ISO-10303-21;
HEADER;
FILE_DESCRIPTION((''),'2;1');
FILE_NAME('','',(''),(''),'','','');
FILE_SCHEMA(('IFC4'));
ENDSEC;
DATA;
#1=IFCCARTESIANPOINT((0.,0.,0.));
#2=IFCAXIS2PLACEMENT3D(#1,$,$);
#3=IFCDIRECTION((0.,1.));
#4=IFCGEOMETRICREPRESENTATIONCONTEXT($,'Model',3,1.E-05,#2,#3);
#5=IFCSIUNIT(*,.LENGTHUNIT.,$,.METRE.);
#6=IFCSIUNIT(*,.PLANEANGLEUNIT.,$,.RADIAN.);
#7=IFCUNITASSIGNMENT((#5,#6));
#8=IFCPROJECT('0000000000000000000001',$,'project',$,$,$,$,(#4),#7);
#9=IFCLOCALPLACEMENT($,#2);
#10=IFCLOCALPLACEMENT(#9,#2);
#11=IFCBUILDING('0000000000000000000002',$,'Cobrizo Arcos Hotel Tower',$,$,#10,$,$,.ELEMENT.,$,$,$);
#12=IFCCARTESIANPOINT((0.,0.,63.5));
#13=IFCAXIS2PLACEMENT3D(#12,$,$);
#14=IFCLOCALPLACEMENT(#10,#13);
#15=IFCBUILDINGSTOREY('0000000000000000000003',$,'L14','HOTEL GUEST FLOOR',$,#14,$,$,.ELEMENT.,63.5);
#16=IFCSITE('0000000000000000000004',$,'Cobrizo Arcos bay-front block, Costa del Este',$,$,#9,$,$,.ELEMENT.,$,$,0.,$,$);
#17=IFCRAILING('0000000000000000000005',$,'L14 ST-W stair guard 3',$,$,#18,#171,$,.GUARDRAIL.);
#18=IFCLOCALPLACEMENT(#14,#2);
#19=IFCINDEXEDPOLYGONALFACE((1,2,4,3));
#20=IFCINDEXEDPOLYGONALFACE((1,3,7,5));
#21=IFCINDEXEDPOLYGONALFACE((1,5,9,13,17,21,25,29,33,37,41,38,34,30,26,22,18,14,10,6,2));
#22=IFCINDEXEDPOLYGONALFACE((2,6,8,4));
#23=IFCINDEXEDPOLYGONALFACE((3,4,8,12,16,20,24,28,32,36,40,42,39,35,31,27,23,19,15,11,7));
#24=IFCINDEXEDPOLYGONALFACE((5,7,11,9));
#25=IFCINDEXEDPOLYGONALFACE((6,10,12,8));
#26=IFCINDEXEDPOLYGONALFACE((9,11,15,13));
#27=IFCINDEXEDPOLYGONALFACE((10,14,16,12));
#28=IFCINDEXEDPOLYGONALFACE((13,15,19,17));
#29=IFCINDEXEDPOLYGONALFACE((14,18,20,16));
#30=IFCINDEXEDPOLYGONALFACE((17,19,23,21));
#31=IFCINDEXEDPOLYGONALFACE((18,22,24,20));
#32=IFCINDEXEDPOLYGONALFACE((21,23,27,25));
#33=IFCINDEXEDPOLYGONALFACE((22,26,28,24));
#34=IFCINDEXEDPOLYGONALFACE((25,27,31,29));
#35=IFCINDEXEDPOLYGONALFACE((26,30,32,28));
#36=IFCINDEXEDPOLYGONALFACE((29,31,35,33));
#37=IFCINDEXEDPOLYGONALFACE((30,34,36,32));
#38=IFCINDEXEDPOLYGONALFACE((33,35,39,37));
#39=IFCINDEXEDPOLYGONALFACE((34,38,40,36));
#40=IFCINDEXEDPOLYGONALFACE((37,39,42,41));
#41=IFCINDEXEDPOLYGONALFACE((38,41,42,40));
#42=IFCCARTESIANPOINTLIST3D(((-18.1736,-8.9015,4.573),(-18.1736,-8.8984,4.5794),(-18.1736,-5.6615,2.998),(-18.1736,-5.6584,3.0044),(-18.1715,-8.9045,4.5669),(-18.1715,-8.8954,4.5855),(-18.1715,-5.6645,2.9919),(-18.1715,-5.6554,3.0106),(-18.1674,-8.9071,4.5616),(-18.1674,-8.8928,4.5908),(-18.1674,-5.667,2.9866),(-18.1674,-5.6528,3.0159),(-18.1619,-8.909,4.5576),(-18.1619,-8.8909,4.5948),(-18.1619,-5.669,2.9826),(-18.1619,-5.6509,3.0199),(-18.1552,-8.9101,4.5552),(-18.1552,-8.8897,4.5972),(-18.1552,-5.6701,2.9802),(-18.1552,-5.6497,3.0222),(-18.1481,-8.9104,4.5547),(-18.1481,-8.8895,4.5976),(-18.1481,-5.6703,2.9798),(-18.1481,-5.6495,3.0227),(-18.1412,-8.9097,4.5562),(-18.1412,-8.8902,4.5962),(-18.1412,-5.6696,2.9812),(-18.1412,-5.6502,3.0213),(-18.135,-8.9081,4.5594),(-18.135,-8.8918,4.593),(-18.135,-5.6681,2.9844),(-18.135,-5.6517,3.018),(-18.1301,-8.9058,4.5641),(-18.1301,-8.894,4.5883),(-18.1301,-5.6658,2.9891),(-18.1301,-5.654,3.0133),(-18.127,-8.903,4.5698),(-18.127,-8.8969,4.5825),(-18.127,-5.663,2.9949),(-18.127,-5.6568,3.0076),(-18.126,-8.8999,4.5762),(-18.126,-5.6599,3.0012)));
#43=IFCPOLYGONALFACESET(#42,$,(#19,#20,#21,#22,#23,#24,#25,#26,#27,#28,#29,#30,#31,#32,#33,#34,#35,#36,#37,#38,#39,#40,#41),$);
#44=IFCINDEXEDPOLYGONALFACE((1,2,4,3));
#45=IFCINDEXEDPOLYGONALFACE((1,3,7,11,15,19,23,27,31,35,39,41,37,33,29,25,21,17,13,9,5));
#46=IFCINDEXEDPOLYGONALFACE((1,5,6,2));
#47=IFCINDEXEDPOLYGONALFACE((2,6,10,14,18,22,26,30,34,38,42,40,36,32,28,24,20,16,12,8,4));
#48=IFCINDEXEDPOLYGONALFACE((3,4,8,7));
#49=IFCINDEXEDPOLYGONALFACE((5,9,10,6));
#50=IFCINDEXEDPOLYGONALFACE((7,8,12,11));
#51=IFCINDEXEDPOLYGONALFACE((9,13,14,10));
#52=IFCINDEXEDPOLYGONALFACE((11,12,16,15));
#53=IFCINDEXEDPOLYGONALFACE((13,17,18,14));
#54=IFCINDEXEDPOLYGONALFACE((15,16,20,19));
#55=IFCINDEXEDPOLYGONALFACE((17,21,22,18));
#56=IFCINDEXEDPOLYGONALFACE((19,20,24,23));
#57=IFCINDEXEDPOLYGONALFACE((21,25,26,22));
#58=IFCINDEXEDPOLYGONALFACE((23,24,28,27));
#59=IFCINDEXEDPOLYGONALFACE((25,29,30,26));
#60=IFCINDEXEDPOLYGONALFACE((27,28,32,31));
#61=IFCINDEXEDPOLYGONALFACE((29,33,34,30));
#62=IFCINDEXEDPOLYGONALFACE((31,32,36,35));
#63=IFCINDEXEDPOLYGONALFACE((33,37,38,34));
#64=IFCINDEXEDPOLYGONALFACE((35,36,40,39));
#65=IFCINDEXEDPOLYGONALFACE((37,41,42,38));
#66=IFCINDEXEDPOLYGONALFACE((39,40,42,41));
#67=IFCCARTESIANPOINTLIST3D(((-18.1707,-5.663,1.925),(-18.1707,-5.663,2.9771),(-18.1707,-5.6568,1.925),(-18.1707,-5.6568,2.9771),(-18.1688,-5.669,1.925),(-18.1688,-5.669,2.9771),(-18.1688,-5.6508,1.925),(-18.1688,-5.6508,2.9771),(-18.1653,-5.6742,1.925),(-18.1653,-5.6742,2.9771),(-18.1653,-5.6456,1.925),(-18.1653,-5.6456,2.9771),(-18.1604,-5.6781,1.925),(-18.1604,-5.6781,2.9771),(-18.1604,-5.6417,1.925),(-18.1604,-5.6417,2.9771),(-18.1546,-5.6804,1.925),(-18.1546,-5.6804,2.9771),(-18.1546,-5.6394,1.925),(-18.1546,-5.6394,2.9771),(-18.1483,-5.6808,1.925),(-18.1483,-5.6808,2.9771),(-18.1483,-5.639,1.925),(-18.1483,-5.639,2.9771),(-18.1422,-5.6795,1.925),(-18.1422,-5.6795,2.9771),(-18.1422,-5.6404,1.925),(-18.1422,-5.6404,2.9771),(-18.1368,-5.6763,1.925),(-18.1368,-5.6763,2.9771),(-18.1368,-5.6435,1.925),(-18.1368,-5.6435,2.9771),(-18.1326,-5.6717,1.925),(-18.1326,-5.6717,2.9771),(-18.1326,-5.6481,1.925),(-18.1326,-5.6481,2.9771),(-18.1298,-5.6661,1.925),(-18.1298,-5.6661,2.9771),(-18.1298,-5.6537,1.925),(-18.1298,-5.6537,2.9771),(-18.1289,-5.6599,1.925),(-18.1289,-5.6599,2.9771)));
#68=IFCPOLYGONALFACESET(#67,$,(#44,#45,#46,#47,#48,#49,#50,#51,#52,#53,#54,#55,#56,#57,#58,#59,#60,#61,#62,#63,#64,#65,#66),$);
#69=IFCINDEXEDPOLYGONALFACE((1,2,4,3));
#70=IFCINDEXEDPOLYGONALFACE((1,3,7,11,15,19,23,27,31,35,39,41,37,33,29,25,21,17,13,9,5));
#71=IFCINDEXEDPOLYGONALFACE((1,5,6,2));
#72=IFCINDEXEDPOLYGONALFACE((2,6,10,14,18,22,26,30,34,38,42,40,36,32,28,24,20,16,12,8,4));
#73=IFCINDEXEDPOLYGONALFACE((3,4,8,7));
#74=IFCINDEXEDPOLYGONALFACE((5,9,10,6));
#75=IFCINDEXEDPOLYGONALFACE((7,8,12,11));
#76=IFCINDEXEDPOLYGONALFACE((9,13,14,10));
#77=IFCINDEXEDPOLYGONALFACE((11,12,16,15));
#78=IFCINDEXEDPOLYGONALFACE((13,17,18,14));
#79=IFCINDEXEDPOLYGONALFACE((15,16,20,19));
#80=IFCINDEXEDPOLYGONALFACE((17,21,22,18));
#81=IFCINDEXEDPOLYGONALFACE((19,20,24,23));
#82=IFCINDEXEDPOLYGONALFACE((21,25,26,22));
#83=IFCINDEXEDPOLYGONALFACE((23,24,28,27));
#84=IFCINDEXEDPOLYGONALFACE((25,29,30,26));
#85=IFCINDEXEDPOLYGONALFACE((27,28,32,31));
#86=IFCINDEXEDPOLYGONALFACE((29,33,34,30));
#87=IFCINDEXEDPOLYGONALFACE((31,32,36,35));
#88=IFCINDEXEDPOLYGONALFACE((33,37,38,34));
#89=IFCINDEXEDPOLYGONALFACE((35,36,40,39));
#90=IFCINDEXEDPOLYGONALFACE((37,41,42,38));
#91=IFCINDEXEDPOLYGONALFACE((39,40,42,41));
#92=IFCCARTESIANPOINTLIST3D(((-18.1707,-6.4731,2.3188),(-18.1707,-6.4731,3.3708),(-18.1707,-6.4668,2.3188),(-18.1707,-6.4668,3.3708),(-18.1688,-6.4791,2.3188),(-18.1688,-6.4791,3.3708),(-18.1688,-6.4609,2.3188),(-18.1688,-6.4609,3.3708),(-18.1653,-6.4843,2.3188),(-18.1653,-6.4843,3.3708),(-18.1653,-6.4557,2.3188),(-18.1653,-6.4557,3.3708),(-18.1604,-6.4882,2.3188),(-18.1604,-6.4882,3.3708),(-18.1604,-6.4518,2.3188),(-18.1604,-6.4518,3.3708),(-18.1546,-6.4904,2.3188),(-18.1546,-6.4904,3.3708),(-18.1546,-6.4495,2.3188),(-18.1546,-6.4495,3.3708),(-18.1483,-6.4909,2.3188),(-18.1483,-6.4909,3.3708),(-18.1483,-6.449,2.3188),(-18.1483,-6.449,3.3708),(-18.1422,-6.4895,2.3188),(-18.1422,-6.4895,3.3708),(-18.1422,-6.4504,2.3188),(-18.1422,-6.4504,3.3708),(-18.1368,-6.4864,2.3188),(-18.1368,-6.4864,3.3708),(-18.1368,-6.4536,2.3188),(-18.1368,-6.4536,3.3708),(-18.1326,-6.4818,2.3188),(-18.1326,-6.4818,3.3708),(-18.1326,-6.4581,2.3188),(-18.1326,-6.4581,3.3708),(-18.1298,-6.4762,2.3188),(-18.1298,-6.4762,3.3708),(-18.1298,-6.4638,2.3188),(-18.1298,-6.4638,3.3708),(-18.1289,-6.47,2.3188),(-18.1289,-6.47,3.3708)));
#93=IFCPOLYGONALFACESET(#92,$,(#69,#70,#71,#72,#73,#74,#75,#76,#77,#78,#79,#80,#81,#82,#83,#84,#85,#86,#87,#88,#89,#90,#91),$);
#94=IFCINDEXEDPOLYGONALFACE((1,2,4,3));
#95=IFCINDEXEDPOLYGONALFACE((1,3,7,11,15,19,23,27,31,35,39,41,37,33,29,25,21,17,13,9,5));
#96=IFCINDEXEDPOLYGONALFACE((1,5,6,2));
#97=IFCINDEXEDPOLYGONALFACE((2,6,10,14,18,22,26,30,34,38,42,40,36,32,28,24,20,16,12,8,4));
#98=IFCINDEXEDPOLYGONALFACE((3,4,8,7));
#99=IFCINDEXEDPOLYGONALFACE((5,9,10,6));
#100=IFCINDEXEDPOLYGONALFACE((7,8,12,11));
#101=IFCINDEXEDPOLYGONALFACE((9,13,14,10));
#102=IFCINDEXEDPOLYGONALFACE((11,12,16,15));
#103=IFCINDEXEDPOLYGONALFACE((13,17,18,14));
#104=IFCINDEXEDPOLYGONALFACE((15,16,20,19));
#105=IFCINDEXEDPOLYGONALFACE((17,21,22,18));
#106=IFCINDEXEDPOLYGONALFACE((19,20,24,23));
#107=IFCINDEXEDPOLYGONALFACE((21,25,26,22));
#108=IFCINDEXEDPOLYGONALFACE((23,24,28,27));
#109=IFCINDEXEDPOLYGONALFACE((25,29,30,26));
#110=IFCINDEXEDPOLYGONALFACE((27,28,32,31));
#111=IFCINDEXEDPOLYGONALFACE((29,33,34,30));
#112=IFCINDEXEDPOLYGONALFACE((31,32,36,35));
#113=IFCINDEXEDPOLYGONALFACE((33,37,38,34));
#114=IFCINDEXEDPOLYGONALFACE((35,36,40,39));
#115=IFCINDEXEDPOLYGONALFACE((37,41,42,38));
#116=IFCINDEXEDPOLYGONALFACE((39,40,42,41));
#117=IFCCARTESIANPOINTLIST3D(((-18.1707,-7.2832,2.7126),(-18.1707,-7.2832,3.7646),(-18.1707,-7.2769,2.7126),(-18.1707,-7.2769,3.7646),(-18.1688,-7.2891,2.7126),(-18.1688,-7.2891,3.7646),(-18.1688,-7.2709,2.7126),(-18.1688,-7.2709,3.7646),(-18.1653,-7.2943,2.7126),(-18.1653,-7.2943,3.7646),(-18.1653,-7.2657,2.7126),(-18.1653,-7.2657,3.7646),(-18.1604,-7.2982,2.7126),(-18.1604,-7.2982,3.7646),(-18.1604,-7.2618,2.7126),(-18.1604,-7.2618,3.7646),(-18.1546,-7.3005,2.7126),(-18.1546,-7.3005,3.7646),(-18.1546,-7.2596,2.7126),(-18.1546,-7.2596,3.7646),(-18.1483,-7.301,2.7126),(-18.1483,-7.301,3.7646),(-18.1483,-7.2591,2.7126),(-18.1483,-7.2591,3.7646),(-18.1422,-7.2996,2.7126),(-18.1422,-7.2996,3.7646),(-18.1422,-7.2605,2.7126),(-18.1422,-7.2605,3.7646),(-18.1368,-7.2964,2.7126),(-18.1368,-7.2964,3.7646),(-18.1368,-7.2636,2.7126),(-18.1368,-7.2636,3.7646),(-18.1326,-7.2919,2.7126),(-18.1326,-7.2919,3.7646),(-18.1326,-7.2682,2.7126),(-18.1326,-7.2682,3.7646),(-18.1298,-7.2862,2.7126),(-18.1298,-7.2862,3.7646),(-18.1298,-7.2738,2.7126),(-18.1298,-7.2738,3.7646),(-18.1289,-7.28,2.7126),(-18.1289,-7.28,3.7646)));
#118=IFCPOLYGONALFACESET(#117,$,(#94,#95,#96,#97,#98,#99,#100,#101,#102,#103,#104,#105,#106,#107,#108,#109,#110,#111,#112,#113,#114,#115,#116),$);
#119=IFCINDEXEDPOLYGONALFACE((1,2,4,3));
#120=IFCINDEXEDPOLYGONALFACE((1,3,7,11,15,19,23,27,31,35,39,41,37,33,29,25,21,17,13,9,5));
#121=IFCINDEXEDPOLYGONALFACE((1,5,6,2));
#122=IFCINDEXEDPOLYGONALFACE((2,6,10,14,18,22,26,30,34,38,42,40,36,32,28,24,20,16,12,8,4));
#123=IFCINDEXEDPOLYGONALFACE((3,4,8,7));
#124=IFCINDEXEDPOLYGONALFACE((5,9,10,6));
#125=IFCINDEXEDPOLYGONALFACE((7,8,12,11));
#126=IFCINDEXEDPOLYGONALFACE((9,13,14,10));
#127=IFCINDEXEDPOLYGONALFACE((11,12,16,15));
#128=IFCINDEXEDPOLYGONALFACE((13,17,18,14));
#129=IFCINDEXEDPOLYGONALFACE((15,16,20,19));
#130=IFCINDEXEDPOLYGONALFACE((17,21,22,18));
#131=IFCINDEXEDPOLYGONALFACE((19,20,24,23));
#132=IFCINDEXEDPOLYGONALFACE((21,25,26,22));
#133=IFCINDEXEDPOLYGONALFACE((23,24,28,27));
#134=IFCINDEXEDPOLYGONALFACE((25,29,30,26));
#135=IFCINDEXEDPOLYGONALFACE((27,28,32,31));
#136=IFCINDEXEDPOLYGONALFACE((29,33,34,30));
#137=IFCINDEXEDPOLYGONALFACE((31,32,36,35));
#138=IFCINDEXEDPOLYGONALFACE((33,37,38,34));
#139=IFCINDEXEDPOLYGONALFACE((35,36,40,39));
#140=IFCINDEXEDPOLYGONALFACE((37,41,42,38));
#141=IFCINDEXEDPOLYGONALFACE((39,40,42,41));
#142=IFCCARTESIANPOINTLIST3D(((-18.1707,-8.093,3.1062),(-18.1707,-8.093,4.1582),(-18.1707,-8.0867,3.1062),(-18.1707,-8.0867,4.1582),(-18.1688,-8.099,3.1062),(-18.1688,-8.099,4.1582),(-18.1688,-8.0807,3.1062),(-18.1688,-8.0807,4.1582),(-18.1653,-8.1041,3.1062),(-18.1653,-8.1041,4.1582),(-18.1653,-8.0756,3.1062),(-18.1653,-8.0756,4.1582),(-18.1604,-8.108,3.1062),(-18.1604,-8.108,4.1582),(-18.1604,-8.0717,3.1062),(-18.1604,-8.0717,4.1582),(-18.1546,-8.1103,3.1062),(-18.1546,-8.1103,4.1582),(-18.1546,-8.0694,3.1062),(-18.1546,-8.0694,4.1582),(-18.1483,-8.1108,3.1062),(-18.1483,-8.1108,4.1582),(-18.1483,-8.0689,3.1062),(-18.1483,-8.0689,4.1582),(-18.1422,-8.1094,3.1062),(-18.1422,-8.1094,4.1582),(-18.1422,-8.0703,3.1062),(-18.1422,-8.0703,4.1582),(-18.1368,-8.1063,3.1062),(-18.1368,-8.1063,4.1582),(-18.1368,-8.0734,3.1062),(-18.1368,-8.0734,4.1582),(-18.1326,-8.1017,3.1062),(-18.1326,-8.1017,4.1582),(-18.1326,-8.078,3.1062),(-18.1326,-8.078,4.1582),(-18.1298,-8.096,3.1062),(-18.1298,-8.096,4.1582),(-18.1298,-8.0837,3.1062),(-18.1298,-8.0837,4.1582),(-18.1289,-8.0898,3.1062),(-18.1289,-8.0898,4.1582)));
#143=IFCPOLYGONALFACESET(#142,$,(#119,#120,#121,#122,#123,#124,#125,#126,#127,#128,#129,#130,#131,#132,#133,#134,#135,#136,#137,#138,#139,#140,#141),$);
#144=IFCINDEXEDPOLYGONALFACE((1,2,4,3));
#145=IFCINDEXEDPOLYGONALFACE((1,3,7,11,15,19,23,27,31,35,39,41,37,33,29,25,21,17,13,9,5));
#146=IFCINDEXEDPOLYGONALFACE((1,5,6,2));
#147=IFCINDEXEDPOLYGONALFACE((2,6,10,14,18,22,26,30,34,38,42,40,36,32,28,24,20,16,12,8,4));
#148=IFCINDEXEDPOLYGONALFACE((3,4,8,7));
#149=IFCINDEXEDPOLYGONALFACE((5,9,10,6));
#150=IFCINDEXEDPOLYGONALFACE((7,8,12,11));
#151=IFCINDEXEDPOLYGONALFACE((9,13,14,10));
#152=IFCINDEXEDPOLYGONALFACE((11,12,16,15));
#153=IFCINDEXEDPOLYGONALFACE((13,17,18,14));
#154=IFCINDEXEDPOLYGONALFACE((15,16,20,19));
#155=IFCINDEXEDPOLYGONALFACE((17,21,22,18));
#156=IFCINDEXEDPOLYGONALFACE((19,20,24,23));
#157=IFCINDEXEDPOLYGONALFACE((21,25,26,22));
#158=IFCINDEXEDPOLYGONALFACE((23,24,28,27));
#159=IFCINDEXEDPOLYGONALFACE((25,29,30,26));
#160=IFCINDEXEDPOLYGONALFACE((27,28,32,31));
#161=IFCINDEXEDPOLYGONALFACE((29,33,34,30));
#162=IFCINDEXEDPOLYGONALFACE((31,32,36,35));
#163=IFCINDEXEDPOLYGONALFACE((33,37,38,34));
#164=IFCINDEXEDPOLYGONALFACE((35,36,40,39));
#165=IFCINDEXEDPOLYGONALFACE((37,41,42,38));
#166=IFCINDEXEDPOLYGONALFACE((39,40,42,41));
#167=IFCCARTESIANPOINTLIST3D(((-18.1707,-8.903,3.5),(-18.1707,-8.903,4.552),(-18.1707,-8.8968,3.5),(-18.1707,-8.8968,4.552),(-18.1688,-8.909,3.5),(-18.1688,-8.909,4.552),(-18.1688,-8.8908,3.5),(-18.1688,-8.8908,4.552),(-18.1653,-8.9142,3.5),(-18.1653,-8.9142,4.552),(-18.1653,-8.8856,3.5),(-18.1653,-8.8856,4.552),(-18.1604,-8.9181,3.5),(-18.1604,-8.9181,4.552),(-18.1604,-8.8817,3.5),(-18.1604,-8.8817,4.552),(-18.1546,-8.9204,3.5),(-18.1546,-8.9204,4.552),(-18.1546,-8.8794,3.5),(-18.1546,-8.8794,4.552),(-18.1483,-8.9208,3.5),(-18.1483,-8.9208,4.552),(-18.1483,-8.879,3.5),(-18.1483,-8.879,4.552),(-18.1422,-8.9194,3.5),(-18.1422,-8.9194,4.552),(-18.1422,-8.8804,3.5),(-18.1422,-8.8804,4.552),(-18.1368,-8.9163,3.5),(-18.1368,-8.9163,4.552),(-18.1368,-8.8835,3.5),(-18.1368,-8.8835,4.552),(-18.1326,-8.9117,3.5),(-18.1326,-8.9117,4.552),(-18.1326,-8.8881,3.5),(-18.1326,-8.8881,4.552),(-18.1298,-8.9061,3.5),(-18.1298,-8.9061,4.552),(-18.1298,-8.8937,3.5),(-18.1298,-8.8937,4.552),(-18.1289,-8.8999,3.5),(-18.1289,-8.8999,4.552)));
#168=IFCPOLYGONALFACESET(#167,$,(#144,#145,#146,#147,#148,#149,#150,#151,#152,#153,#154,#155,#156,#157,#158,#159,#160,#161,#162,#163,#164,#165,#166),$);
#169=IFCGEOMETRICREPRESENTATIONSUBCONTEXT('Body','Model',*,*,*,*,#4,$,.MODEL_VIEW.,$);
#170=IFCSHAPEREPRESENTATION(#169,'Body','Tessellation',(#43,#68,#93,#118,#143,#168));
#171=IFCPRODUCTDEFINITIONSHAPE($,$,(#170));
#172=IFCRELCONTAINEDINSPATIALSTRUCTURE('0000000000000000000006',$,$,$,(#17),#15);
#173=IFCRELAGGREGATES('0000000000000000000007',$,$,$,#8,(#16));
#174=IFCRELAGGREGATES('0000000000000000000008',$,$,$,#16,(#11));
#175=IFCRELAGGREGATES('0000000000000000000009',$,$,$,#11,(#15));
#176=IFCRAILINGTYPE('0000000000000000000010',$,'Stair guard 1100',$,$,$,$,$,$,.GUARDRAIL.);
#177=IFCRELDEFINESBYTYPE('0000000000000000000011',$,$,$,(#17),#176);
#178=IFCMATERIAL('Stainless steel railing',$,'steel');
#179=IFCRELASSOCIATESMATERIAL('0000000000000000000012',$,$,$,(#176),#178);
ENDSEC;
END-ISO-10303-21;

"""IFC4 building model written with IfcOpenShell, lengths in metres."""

from ifc_helpers import new_model, si_unit, direction, frame, origin, origin_2d, place, context, subcontext, project, spatial, circle, extrude, material, type_object, element, save


model = new_model("IFC4")

# Units and contexts
model_context = context("Model", 3, precision=1e-05, world=origin(), true_north=direction((0.0, 1.0)))
body_context = subcontext(model_context, "Body", "Model", "MODEL_VIEW")
ifc_project = project(units=[si_unit("LENGTHUNIT", "METRE"), si_unit("PLANEANGLEUNIT", "RADIAN")], contexts=[model_context])

# Site, building, storey
site_placement = place(None, origin())
site = spatial("IfcSite", under=ifc_project, at=site_placement, Name="Cobrizo Arcos bay-front block, Costa del Este", CompositionType="ELEMENT", RefElevation=0.0)
building_placement = place(site_placement, origin())
building = spatial("IfcBuilding", under=site, at=building_placement, Name="Cobrizo Arcos Hotel Tower", CompositionType="ELEMENT")
storey_placement = place(building_placement, frame((0.0, 0.0, 63.5)))
storey = spatial("IfcBuildingStorey", under=building, at=storey_placement, Name="L14", Description="HOTEL GUEST FLOOR", CompositionType="ELEMENT", Elevation=63.5)

# Railing
ifc_material_1 = material(Name="Stainless steel railing", Category="steel")
railing_type_1 = type_object("IfcRailingType", Name="Stair guard 1100", PredefinedType="GUARDRAIL", material=ifc_material_1)
railing_1_placement = place(storey_placement, frame((-18.1499, -5.6599, 1.925)))
element("IfcRailing", 1, at=railing_1_placement, inside=storey, type_object=railing_type_1, Name="L14 ST-W stair guard 3", PredefinedType="GUARDRAIL", context=body_context, shape_type="SweptSolid", body=[
    extrude(circle(Radius=0.0239, at=origin_2d()), frame((0.0, 0.0, 1.0762), z_axis=(0.0, -0.899373, 0.437183), x_axis=(1.0, 0.0, 0.0)), (0.0, 0.0, 1.0), 3.6025),
    extrude(circle(Radius=0.021, at=origin_2d()), origin(), (0.0, 0.0, 1.0), 1.052),
    extrude(circle(Radius=0.021, at=origin_2d()), frame((0.0, -0.8101, 0.3938)), (0.0, 0.0, 1.0), 1.052),
    extrude(circle(Radius=0.021, at=origin_2d()), frame((0.0, -1.6201, 0.7876)), (0.0, 0.0, 1.0), 1.052),
    extrude(circle(Radius=0.021, at=origin_2d()), frame((0.0, -2.4299, 1.1812)), (0.0, 0.0, 1.0), 1.052),
    extrude(circle(Radius=0.021, at=origin_2d()), frame((0.0, -3.24, 1.575)), (0.0, 0.0, 1.0), 1.052),
])

save(model, "model.ifc")
